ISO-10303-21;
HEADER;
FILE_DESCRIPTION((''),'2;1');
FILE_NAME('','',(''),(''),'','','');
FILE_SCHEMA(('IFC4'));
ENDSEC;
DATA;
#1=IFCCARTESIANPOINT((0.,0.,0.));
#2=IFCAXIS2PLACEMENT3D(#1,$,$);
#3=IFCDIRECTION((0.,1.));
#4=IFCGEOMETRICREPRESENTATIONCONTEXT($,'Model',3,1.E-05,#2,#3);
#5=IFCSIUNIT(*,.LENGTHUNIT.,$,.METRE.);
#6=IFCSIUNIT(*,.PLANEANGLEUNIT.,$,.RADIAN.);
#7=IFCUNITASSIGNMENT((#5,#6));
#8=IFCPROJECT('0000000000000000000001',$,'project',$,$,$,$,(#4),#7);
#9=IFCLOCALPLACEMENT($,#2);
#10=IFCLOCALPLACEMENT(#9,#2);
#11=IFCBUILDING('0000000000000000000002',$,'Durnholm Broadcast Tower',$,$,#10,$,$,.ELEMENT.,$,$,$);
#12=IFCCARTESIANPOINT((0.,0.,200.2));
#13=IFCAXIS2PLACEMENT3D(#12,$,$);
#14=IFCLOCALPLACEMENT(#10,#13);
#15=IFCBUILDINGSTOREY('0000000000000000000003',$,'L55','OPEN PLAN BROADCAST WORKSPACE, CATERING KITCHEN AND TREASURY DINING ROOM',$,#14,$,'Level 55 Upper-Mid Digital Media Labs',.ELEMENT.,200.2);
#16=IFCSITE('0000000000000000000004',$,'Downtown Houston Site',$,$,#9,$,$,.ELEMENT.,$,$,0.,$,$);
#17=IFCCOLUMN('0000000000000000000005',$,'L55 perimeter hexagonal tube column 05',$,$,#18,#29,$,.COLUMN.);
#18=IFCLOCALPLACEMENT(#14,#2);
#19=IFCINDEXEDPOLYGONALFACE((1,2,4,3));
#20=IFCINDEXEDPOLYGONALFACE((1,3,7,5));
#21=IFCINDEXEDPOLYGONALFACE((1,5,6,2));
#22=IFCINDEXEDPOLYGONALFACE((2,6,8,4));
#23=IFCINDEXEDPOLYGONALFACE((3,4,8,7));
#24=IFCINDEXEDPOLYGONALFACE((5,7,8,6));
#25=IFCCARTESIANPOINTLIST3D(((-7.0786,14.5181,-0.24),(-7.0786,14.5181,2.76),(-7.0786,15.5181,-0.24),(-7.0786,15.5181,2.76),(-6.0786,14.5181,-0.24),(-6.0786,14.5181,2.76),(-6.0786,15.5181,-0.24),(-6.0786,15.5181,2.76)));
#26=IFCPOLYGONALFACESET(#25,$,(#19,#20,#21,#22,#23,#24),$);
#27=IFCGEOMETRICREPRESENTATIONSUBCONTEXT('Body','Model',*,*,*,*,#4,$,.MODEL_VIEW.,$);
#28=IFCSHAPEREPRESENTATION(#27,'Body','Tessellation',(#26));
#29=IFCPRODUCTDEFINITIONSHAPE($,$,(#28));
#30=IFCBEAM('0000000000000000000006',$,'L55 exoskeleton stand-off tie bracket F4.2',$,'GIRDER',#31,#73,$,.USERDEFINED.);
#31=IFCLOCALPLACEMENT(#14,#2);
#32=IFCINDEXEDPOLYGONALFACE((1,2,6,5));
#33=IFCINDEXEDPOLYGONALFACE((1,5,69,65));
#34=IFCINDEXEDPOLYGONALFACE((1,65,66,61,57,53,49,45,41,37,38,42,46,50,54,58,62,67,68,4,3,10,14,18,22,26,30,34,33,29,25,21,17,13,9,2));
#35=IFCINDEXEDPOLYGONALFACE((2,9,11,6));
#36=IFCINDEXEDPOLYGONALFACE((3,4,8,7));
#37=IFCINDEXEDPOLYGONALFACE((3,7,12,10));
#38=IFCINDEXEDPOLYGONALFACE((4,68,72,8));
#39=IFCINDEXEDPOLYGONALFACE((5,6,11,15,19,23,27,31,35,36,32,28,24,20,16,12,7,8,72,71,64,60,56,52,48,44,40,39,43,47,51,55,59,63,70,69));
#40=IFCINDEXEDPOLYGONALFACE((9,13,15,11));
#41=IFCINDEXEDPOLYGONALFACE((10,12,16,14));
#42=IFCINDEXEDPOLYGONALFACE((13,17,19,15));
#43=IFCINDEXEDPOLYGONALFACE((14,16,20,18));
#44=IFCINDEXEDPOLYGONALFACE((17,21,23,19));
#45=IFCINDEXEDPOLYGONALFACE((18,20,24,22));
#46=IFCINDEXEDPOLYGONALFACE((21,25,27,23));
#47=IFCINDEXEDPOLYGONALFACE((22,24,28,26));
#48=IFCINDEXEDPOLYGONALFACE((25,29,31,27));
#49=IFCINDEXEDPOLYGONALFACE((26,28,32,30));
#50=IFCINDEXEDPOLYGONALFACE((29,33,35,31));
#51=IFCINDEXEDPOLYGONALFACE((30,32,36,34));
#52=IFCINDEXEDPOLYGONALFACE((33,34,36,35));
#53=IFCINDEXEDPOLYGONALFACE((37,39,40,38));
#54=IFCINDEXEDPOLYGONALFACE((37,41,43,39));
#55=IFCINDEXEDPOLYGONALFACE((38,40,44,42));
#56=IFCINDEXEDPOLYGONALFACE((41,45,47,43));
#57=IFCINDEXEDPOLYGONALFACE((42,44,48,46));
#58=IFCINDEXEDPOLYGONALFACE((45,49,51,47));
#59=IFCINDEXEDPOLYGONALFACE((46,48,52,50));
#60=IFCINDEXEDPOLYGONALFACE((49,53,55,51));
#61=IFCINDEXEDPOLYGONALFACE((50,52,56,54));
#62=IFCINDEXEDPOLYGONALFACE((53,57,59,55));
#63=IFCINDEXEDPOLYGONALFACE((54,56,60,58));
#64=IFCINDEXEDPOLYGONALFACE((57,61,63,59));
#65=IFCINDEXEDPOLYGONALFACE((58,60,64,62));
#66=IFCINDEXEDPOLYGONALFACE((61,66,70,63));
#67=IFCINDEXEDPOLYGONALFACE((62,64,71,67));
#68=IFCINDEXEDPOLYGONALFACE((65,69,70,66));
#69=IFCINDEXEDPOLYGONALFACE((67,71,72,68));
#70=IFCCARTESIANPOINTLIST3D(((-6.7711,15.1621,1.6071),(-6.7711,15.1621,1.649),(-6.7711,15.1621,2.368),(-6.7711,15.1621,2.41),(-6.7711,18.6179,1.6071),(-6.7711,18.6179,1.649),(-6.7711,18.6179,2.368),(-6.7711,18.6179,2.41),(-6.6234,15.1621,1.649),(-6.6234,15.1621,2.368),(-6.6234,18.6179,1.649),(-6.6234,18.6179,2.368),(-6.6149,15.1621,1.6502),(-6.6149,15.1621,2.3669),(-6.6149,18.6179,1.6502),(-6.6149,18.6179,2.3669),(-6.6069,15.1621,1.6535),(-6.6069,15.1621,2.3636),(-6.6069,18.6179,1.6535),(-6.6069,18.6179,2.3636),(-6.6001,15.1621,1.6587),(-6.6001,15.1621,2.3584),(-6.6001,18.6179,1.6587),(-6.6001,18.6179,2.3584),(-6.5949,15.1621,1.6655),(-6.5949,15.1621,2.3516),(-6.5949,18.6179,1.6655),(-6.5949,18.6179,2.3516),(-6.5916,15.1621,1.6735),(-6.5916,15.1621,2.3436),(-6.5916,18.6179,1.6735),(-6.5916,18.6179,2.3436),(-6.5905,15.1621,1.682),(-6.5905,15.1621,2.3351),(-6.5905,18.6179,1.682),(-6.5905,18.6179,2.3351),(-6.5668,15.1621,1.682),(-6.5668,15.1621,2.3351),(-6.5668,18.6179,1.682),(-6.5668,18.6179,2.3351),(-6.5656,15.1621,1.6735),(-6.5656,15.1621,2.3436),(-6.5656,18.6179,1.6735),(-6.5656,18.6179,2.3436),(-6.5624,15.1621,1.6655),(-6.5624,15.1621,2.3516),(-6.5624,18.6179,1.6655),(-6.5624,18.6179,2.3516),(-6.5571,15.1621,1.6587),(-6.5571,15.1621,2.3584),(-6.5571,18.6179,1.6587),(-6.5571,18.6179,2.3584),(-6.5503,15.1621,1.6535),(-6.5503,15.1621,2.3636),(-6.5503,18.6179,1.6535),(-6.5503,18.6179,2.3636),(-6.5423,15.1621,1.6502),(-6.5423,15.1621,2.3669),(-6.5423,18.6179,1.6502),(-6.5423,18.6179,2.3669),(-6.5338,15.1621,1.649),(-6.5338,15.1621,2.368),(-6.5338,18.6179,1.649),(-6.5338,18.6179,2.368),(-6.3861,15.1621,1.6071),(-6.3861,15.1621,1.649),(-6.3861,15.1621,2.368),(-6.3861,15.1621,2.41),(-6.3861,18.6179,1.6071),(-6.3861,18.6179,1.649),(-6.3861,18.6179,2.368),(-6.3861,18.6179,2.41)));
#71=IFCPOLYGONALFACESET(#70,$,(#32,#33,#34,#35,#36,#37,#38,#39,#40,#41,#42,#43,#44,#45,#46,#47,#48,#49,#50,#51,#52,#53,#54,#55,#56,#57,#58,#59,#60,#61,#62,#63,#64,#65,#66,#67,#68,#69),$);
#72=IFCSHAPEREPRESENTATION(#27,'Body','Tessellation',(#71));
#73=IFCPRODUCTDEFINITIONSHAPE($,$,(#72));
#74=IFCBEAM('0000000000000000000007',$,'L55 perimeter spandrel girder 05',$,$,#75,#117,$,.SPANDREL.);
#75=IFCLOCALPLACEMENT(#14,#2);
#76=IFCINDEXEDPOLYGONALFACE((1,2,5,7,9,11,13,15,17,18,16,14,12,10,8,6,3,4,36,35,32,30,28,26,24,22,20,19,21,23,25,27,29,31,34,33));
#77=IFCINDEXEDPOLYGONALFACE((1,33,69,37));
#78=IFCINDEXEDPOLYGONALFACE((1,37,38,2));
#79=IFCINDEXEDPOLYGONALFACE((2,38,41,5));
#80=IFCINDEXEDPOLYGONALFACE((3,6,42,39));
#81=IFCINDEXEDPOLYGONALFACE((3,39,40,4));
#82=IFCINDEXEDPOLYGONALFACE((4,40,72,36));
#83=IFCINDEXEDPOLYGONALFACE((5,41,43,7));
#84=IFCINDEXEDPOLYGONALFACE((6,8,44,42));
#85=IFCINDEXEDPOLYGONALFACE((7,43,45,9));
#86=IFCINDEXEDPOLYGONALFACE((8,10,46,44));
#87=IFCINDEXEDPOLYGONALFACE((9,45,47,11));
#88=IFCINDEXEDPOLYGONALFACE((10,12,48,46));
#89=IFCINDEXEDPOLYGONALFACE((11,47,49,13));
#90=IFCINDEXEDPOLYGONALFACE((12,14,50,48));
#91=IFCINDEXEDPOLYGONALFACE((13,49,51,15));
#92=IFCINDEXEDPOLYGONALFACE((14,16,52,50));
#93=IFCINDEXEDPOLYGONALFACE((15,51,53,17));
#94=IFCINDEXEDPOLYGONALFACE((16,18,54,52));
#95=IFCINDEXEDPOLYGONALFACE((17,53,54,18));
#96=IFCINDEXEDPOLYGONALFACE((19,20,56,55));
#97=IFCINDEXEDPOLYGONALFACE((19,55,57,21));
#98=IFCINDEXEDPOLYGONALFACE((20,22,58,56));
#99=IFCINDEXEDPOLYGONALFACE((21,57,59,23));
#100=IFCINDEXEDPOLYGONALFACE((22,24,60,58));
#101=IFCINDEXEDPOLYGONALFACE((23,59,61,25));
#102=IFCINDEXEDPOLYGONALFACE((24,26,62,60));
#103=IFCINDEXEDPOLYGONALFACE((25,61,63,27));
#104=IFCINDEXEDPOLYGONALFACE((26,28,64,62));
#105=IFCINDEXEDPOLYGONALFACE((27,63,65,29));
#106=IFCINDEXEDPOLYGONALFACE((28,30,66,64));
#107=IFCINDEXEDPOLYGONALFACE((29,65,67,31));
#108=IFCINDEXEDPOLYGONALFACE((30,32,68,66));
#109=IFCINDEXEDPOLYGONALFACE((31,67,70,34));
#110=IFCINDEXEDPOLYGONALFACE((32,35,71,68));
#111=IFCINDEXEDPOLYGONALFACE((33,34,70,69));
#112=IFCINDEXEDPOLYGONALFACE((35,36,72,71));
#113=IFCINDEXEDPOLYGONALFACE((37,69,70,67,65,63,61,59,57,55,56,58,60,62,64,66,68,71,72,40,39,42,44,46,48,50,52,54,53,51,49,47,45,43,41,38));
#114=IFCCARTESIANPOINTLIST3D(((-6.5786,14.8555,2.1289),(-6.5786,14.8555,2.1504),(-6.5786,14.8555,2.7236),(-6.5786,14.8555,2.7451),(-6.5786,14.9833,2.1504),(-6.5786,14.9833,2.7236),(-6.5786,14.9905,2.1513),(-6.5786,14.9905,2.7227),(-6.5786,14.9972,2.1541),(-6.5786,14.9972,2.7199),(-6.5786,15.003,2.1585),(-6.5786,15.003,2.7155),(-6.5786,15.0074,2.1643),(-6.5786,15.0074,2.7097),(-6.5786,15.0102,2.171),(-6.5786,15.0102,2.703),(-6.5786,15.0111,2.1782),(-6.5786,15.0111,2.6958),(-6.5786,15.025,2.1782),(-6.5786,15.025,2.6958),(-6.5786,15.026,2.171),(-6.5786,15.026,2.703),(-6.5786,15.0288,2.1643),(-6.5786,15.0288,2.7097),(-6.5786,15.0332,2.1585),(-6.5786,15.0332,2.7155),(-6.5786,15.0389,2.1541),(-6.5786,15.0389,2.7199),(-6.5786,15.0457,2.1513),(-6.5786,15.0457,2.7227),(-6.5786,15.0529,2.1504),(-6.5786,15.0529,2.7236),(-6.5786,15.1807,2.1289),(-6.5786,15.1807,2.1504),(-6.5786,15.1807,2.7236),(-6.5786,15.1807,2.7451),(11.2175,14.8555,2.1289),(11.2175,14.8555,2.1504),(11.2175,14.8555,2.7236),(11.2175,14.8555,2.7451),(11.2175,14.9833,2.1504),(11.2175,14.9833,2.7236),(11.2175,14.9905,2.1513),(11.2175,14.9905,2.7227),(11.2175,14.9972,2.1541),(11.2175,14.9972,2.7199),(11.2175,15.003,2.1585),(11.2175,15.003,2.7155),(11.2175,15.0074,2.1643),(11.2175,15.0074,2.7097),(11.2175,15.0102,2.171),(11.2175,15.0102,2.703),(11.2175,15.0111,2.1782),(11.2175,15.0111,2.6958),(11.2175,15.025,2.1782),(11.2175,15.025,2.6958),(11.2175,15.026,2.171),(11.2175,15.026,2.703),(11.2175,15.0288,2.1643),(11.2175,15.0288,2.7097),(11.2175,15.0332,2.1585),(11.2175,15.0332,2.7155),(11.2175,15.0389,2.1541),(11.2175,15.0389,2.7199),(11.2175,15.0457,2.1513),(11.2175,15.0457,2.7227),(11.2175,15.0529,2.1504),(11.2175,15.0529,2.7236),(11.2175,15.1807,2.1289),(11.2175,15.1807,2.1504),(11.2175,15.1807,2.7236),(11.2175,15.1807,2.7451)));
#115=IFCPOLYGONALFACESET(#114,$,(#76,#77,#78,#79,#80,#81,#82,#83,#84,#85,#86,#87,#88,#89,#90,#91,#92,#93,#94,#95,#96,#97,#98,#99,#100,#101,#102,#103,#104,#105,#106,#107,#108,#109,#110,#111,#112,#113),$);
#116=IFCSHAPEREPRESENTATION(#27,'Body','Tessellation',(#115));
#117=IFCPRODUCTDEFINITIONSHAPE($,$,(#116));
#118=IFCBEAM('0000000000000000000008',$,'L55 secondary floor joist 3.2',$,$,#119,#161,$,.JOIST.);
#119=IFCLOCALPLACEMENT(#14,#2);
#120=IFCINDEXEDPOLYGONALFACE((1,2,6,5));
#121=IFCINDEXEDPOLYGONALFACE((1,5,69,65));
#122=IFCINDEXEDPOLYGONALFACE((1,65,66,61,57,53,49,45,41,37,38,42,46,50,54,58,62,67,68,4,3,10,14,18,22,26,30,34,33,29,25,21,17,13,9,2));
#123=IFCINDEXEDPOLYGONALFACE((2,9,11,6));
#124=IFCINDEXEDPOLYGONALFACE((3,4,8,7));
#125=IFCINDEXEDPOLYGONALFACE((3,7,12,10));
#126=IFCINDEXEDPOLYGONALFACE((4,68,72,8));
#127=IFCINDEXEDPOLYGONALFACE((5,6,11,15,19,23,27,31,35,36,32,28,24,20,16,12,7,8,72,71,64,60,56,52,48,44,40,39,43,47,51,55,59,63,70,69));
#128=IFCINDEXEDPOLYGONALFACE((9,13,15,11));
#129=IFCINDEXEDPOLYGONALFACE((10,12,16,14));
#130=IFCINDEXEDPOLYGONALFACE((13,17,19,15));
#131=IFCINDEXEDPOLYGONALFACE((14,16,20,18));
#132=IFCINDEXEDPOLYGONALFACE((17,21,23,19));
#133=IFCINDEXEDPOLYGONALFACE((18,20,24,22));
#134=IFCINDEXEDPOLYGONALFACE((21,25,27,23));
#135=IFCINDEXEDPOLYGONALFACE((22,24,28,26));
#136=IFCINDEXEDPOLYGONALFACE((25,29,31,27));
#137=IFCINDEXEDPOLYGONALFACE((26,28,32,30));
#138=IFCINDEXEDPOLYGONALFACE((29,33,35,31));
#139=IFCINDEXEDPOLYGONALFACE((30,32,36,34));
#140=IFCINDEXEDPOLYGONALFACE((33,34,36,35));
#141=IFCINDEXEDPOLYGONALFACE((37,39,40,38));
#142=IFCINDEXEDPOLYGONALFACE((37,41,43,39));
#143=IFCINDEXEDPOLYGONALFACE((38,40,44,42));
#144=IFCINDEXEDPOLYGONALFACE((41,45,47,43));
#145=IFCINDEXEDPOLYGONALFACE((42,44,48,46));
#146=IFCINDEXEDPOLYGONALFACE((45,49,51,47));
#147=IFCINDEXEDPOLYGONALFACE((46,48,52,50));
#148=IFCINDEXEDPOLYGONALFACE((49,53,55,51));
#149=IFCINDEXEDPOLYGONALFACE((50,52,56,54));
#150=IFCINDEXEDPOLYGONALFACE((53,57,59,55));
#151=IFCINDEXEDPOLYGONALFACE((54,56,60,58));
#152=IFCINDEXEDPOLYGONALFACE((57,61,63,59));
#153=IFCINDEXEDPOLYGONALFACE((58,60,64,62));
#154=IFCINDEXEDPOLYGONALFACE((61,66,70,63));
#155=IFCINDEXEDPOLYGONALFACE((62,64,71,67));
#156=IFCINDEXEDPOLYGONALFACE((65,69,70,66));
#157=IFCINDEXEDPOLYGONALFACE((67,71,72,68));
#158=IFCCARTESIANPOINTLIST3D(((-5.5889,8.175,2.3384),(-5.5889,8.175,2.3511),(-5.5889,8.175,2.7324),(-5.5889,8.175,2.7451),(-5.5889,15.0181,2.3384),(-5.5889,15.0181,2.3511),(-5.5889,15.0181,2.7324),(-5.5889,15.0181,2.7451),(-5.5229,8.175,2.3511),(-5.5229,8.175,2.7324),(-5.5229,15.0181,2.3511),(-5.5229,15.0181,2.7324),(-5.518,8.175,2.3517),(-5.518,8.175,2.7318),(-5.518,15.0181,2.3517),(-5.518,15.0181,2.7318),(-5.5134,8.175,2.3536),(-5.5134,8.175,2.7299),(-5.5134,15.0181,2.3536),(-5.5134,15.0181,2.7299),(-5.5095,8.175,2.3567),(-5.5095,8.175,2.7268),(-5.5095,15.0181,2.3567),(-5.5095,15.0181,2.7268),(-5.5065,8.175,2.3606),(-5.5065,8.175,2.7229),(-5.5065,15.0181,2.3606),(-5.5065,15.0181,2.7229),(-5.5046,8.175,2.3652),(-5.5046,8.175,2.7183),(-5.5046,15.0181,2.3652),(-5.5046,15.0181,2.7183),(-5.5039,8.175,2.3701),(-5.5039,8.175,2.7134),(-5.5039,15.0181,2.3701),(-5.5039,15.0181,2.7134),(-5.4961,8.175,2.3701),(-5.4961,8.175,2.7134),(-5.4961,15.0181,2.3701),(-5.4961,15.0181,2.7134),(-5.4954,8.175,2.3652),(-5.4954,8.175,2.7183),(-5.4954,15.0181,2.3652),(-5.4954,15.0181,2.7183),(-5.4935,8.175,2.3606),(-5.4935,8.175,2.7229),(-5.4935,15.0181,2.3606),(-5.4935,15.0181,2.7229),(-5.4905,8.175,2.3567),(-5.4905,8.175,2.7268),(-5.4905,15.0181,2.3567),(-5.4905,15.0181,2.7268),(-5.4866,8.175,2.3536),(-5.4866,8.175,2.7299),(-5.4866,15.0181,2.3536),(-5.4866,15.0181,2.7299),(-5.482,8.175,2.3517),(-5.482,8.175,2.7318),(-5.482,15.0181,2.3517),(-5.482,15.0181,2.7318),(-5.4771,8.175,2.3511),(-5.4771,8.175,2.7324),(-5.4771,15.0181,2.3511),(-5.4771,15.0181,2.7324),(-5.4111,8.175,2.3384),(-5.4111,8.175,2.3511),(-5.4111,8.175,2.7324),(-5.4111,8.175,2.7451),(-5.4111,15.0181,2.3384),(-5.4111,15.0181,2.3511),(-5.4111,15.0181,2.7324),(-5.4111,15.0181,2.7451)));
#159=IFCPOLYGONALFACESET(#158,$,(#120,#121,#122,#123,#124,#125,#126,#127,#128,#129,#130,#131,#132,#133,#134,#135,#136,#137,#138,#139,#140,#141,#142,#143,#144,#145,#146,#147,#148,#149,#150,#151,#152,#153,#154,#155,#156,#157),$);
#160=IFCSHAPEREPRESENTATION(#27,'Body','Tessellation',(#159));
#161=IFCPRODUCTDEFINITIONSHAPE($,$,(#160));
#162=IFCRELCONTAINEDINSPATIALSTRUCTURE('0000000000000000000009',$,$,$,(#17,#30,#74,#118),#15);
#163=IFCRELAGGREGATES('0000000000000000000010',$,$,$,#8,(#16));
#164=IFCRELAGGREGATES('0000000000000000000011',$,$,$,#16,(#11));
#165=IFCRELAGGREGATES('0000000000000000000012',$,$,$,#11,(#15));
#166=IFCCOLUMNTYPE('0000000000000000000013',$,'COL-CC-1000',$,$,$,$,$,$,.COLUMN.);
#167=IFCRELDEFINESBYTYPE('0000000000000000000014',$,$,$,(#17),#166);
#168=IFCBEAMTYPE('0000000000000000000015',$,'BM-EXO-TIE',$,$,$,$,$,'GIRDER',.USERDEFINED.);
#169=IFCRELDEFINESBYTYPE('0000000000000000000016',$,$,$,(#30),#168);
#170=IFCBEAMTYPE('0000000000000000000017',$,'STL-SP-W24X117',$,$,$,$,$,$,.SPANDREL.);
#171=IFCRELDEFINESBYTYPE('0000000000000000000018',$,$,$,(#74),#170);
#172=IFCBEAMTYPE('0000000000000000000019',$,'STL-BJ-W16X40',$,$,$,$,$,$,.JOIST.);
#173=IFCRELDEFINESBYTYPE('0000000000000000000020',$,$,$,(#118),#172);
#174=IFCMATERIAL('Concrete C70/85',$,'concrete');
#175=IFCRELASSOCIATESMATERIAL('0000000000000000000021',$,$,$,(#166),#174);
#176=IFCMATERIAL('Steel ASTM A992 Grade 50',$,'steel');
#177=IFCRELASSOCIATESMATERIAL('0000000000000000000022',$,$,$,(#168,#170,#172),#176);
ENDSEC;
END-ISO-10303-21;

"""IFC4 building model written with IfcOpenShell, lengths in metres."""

from ifc_helpers import new_model, si_unit, direction, frame, origin, origin_2d, place, context, subcontext, project, spatial, rectangle, i_section, extrude, source, transform, mapped, material, material_profile, profile_set, type_object, type_shapes, element, save


model = new_model("IFC4")

# Units and contexts
model_context = context("Model", 3, precision=1e-05, world=origin(), true_north=direction((0.0, 1.0)))
body_context = subcontext(model_context, "Body", "Model", "MODEL_VIEW")
ifc_project = project(units=[si_unit("LENGTHUNIT", "METRE"), si_unit("PLANEANGLEUNIT", "RADIAN")], contexts=[model_context])

# Site, building, storey
site_placement = place(None, origin())
site = spatial("IfcSite", under=ifc_project, at=site_placement, Name="Downtown Houston Site", CompositionType="ELEMENT", RefElevation=0.0)
building_placement = place(site_placement, origin())
building = spatial("IfcBuilding", under=site, at=building_placement, Name="Durnholm Broadcast Tower", CompositionType="ELEMENT")
storey_placement = place(building_placement, frame((0.0, 0.0, 200.2)))
storey = spatial("IfcBuildingStorey", under=building, at=storey_placement, Name="L55", Description="OPEN PLAN BROADCAST WORKSPACE, CATERING KITCHEN AND TREASURY DINING ROOM", LongName="Level 55 Upper-Mid Digital Media Labs", CompositionType="ELEMENT", Elevation=200.2)

# Column
ifc_material_1 = material(Name="Concrete C70/85", Category="concrete")
ifc_material_profile_1 = material_profile(ifc_material_1, rectangle(XDim=1.0, YDim=1.0, at=origin_2d()), Name="RC1000X1000")
ifc_profile_set_1 = profile_set([ifc_material_profile_1], Name="Concrete C70/85")
column_type = type_object("IfcColumnType", Name="COL-CC-1000", PredefinedType="COLUMN", material=ifc_profile_set_1)
shared_shape_1 = source(origin(), body_context, "Body", "SweptSolid", [
    extrude(rectangle(XDim=1.0, YDim=1.0, at=origin_2d()), origin(), (0.0, 0.0, 1.0), 3.0),
])
type_shapes(column_type, [shared_shape_1])
column_placement = place(storey_placement, frame((-6.5786, 15.0181, -0.24), z_axis=(0.0, 0.0, 1.0), x_axis=(1.0, 0.0, 0.0)))
element("IfcColumn", 1, at=column_placement, inside=storey, type_object=column_type, Name="L55 perimeter hexagonal tube column 05", PredefinedType="COLUMN", context=body_context, shape_type="MappedRepresentation", body=[
    mapped(shared_shape_1, transform((0.0, 0.0, 0.0), x_axis=(1.0, 0.0, 0.0), y_axis=(0.0, 1.0, 0.0), z_axis=(0.0, 0.0, 1.0), scale=1.0)),
])

# Beams
ifc_material_2 = material(Name="Steel ASTM A992 Grade 50", Category="steel")
ifc_material_profile_2 = material_profile(ifc_material_2, i_section(OverallWidth=0.385, OverallDepth=0.803, WebThickness=0.0237, FlangeThickness=0.042, FilletRadius=0.033, at=origin_2d()), Name="W30X261")
ifc_profile_set_2 = profile_set([ifc_material_profile_2], Name="Steel ASTM A992 Grade 50")
beam_type_1 = type_object("IfcBeamType", Name="BM-EXO-TIE", ElementType="GIRDER", PredefinedType="USERDEFINED", material=ifc_profile_set_2)
shared_shape_2 = source(origin(), body_context, "Body", "SweptSolid", [
    extrude(i_section(OverallWidth=0.385, OverallDepth=0.803, WebThickness=0.0237, FlangeThickness=0.042, FilletRadius=0.033, at=origin_2d()), origin(), (0.0, 0.0, 1.0), 3.4558),
])
type_shapes(beam_type_1, [shared_shape_2])
beam_1_placement = place(storey_placement, frame((-6.5786, 15.1621, 2.0085), z_axis=(0.0, 1.0, 0.0), x_axis=(-1.0, 0.0, 0.0)))
element("IfcBeam", 2, at=beam_1_placement, inside=storey, type_object=beam_type_1, Name="L55 exoskeleton stand-off tie bracket F4.2", ObjectType="GIRDER", PredefinedType="USERDEFINED", context=body_context, shape_type="MappedRepresentation", body=[
    mapped(shared_shape_2, transform((0.0, 0.0, 0.0), x_axis=(1.0, 0.0, 0.0), y_axis=(0.0, 1.0, 0.0), z_axis=(0.0, 0.0, 1.0), scale=1.0)),
])
ifc_material_profile_3 = material_profile(ifc_material_2, i_section(OverallWidth=0.3252, OverallDepth=0.6162, WebThickness=0.0139, FlangeThickness=0.0215, FilletRadius=0.0278, at=origin_2d()), Name="W24X117")
ifc_profile_set_3 = profile_set([ifc_material_profile_3], Name="Steel ASTM A992 Grade 50")
beam_type_2 = type_object("IfcBeamType", Name="STL-SP-W24X117", PredefinedType="SPANDREL", material=ifc_profile_set_3)
shared_shape_3 = source(origin(), body_context, "Body", "SweptSolid", [
    extrude(i_section(OverallWidth=0.3252, OverallDepth=0.6162, WebThickness=0.0139, FlangeThickness=0.0215, FilletRadius=0.0278, at=origin_2d()), origin(), (0.0, 0.0, 1.0), 17.7961),
])
type_shapes(beam_type_2, [shared_shape_3])
beam_2_placement = place(storey_placement, frame((-6.5786, 15.0181, 2.437), z_axis=(1.0, 0.0, 0.0), x_axis=(0.0, 1.0, 0.0)))
element("IfcBeam", 3, at=beam_2_placement, inside=storey, type_object=beam_type_2, Name="L55 perimeter spandrel girder 05", PredefinedType="SPANDREL", context=body_context, shape_type="MappedRepresentation", body=[
    mapped(shared_shape_3, transform((0.0, 0.0, 0.0), x_axis=(1.0, 0.0, 0.0), y_axis=(0.0, 1.0, 0.0), z_axis=(0.0, 0.0, 1.0), scale=1.0)),
])
ifc_material_profile_4 = material_profile(ifc_material_2, i_section(OverallWidth=0.1777, OverallDepth=0.4067, WebThickness=0.0078, FlangeThickness=0.0127, FilletRadius=0.019, at=origin_2d()), Name="W16X40")
ifc_profile_set_4 = profile_set([ifc_material_profile_4], Name="Steel ASTM A992 Grade 50")
beam_type_3 = type_object("IfcBeamType", Name="STL-BJ-W16X40", PredefinedType="JOIST", material=ifc_profile_set_4)
shared_shape_4 = source(origin(), body_context, "Body", "SweptSolid", [
    extrude(i_section(OverallWidth=0.1777, OverallDepth=0.4067, WebThickness=0.0078, FlangeThickness=0.0127, FilletRadius=0.019, at=origin_2d()), origin(), (0.0, 0.0, 1.0), 6.843),
])
type_shapes(beam_type_3, [shared_shape_4])
beam_3_placement = place(storey_placement, frame((-5.5, 8.175, 2.5417), z_axis=(0.0, 1.0, 0.0), x_axis=(-1.0, 0.0, 0.0)))
element("IfcBeam", 4, at=beam_3_placement, inside=storey, type_object=beam_type_3, Name="L55 secondary floor joist 3.2", PredefinedType="JOIST", context=body_context, shape_type="MappedRepresentation", body=[
    mapped(shared_shape_4, transform((0.0, 0.0, 0.0), x_axis=(1.0, 0.0, 0.0), y_axis=(0.0, 1.0, 0.0), z_axis=(0.0, 0.0, 1.0), scale=1.0)),
])

save(model, "model.ifc")
